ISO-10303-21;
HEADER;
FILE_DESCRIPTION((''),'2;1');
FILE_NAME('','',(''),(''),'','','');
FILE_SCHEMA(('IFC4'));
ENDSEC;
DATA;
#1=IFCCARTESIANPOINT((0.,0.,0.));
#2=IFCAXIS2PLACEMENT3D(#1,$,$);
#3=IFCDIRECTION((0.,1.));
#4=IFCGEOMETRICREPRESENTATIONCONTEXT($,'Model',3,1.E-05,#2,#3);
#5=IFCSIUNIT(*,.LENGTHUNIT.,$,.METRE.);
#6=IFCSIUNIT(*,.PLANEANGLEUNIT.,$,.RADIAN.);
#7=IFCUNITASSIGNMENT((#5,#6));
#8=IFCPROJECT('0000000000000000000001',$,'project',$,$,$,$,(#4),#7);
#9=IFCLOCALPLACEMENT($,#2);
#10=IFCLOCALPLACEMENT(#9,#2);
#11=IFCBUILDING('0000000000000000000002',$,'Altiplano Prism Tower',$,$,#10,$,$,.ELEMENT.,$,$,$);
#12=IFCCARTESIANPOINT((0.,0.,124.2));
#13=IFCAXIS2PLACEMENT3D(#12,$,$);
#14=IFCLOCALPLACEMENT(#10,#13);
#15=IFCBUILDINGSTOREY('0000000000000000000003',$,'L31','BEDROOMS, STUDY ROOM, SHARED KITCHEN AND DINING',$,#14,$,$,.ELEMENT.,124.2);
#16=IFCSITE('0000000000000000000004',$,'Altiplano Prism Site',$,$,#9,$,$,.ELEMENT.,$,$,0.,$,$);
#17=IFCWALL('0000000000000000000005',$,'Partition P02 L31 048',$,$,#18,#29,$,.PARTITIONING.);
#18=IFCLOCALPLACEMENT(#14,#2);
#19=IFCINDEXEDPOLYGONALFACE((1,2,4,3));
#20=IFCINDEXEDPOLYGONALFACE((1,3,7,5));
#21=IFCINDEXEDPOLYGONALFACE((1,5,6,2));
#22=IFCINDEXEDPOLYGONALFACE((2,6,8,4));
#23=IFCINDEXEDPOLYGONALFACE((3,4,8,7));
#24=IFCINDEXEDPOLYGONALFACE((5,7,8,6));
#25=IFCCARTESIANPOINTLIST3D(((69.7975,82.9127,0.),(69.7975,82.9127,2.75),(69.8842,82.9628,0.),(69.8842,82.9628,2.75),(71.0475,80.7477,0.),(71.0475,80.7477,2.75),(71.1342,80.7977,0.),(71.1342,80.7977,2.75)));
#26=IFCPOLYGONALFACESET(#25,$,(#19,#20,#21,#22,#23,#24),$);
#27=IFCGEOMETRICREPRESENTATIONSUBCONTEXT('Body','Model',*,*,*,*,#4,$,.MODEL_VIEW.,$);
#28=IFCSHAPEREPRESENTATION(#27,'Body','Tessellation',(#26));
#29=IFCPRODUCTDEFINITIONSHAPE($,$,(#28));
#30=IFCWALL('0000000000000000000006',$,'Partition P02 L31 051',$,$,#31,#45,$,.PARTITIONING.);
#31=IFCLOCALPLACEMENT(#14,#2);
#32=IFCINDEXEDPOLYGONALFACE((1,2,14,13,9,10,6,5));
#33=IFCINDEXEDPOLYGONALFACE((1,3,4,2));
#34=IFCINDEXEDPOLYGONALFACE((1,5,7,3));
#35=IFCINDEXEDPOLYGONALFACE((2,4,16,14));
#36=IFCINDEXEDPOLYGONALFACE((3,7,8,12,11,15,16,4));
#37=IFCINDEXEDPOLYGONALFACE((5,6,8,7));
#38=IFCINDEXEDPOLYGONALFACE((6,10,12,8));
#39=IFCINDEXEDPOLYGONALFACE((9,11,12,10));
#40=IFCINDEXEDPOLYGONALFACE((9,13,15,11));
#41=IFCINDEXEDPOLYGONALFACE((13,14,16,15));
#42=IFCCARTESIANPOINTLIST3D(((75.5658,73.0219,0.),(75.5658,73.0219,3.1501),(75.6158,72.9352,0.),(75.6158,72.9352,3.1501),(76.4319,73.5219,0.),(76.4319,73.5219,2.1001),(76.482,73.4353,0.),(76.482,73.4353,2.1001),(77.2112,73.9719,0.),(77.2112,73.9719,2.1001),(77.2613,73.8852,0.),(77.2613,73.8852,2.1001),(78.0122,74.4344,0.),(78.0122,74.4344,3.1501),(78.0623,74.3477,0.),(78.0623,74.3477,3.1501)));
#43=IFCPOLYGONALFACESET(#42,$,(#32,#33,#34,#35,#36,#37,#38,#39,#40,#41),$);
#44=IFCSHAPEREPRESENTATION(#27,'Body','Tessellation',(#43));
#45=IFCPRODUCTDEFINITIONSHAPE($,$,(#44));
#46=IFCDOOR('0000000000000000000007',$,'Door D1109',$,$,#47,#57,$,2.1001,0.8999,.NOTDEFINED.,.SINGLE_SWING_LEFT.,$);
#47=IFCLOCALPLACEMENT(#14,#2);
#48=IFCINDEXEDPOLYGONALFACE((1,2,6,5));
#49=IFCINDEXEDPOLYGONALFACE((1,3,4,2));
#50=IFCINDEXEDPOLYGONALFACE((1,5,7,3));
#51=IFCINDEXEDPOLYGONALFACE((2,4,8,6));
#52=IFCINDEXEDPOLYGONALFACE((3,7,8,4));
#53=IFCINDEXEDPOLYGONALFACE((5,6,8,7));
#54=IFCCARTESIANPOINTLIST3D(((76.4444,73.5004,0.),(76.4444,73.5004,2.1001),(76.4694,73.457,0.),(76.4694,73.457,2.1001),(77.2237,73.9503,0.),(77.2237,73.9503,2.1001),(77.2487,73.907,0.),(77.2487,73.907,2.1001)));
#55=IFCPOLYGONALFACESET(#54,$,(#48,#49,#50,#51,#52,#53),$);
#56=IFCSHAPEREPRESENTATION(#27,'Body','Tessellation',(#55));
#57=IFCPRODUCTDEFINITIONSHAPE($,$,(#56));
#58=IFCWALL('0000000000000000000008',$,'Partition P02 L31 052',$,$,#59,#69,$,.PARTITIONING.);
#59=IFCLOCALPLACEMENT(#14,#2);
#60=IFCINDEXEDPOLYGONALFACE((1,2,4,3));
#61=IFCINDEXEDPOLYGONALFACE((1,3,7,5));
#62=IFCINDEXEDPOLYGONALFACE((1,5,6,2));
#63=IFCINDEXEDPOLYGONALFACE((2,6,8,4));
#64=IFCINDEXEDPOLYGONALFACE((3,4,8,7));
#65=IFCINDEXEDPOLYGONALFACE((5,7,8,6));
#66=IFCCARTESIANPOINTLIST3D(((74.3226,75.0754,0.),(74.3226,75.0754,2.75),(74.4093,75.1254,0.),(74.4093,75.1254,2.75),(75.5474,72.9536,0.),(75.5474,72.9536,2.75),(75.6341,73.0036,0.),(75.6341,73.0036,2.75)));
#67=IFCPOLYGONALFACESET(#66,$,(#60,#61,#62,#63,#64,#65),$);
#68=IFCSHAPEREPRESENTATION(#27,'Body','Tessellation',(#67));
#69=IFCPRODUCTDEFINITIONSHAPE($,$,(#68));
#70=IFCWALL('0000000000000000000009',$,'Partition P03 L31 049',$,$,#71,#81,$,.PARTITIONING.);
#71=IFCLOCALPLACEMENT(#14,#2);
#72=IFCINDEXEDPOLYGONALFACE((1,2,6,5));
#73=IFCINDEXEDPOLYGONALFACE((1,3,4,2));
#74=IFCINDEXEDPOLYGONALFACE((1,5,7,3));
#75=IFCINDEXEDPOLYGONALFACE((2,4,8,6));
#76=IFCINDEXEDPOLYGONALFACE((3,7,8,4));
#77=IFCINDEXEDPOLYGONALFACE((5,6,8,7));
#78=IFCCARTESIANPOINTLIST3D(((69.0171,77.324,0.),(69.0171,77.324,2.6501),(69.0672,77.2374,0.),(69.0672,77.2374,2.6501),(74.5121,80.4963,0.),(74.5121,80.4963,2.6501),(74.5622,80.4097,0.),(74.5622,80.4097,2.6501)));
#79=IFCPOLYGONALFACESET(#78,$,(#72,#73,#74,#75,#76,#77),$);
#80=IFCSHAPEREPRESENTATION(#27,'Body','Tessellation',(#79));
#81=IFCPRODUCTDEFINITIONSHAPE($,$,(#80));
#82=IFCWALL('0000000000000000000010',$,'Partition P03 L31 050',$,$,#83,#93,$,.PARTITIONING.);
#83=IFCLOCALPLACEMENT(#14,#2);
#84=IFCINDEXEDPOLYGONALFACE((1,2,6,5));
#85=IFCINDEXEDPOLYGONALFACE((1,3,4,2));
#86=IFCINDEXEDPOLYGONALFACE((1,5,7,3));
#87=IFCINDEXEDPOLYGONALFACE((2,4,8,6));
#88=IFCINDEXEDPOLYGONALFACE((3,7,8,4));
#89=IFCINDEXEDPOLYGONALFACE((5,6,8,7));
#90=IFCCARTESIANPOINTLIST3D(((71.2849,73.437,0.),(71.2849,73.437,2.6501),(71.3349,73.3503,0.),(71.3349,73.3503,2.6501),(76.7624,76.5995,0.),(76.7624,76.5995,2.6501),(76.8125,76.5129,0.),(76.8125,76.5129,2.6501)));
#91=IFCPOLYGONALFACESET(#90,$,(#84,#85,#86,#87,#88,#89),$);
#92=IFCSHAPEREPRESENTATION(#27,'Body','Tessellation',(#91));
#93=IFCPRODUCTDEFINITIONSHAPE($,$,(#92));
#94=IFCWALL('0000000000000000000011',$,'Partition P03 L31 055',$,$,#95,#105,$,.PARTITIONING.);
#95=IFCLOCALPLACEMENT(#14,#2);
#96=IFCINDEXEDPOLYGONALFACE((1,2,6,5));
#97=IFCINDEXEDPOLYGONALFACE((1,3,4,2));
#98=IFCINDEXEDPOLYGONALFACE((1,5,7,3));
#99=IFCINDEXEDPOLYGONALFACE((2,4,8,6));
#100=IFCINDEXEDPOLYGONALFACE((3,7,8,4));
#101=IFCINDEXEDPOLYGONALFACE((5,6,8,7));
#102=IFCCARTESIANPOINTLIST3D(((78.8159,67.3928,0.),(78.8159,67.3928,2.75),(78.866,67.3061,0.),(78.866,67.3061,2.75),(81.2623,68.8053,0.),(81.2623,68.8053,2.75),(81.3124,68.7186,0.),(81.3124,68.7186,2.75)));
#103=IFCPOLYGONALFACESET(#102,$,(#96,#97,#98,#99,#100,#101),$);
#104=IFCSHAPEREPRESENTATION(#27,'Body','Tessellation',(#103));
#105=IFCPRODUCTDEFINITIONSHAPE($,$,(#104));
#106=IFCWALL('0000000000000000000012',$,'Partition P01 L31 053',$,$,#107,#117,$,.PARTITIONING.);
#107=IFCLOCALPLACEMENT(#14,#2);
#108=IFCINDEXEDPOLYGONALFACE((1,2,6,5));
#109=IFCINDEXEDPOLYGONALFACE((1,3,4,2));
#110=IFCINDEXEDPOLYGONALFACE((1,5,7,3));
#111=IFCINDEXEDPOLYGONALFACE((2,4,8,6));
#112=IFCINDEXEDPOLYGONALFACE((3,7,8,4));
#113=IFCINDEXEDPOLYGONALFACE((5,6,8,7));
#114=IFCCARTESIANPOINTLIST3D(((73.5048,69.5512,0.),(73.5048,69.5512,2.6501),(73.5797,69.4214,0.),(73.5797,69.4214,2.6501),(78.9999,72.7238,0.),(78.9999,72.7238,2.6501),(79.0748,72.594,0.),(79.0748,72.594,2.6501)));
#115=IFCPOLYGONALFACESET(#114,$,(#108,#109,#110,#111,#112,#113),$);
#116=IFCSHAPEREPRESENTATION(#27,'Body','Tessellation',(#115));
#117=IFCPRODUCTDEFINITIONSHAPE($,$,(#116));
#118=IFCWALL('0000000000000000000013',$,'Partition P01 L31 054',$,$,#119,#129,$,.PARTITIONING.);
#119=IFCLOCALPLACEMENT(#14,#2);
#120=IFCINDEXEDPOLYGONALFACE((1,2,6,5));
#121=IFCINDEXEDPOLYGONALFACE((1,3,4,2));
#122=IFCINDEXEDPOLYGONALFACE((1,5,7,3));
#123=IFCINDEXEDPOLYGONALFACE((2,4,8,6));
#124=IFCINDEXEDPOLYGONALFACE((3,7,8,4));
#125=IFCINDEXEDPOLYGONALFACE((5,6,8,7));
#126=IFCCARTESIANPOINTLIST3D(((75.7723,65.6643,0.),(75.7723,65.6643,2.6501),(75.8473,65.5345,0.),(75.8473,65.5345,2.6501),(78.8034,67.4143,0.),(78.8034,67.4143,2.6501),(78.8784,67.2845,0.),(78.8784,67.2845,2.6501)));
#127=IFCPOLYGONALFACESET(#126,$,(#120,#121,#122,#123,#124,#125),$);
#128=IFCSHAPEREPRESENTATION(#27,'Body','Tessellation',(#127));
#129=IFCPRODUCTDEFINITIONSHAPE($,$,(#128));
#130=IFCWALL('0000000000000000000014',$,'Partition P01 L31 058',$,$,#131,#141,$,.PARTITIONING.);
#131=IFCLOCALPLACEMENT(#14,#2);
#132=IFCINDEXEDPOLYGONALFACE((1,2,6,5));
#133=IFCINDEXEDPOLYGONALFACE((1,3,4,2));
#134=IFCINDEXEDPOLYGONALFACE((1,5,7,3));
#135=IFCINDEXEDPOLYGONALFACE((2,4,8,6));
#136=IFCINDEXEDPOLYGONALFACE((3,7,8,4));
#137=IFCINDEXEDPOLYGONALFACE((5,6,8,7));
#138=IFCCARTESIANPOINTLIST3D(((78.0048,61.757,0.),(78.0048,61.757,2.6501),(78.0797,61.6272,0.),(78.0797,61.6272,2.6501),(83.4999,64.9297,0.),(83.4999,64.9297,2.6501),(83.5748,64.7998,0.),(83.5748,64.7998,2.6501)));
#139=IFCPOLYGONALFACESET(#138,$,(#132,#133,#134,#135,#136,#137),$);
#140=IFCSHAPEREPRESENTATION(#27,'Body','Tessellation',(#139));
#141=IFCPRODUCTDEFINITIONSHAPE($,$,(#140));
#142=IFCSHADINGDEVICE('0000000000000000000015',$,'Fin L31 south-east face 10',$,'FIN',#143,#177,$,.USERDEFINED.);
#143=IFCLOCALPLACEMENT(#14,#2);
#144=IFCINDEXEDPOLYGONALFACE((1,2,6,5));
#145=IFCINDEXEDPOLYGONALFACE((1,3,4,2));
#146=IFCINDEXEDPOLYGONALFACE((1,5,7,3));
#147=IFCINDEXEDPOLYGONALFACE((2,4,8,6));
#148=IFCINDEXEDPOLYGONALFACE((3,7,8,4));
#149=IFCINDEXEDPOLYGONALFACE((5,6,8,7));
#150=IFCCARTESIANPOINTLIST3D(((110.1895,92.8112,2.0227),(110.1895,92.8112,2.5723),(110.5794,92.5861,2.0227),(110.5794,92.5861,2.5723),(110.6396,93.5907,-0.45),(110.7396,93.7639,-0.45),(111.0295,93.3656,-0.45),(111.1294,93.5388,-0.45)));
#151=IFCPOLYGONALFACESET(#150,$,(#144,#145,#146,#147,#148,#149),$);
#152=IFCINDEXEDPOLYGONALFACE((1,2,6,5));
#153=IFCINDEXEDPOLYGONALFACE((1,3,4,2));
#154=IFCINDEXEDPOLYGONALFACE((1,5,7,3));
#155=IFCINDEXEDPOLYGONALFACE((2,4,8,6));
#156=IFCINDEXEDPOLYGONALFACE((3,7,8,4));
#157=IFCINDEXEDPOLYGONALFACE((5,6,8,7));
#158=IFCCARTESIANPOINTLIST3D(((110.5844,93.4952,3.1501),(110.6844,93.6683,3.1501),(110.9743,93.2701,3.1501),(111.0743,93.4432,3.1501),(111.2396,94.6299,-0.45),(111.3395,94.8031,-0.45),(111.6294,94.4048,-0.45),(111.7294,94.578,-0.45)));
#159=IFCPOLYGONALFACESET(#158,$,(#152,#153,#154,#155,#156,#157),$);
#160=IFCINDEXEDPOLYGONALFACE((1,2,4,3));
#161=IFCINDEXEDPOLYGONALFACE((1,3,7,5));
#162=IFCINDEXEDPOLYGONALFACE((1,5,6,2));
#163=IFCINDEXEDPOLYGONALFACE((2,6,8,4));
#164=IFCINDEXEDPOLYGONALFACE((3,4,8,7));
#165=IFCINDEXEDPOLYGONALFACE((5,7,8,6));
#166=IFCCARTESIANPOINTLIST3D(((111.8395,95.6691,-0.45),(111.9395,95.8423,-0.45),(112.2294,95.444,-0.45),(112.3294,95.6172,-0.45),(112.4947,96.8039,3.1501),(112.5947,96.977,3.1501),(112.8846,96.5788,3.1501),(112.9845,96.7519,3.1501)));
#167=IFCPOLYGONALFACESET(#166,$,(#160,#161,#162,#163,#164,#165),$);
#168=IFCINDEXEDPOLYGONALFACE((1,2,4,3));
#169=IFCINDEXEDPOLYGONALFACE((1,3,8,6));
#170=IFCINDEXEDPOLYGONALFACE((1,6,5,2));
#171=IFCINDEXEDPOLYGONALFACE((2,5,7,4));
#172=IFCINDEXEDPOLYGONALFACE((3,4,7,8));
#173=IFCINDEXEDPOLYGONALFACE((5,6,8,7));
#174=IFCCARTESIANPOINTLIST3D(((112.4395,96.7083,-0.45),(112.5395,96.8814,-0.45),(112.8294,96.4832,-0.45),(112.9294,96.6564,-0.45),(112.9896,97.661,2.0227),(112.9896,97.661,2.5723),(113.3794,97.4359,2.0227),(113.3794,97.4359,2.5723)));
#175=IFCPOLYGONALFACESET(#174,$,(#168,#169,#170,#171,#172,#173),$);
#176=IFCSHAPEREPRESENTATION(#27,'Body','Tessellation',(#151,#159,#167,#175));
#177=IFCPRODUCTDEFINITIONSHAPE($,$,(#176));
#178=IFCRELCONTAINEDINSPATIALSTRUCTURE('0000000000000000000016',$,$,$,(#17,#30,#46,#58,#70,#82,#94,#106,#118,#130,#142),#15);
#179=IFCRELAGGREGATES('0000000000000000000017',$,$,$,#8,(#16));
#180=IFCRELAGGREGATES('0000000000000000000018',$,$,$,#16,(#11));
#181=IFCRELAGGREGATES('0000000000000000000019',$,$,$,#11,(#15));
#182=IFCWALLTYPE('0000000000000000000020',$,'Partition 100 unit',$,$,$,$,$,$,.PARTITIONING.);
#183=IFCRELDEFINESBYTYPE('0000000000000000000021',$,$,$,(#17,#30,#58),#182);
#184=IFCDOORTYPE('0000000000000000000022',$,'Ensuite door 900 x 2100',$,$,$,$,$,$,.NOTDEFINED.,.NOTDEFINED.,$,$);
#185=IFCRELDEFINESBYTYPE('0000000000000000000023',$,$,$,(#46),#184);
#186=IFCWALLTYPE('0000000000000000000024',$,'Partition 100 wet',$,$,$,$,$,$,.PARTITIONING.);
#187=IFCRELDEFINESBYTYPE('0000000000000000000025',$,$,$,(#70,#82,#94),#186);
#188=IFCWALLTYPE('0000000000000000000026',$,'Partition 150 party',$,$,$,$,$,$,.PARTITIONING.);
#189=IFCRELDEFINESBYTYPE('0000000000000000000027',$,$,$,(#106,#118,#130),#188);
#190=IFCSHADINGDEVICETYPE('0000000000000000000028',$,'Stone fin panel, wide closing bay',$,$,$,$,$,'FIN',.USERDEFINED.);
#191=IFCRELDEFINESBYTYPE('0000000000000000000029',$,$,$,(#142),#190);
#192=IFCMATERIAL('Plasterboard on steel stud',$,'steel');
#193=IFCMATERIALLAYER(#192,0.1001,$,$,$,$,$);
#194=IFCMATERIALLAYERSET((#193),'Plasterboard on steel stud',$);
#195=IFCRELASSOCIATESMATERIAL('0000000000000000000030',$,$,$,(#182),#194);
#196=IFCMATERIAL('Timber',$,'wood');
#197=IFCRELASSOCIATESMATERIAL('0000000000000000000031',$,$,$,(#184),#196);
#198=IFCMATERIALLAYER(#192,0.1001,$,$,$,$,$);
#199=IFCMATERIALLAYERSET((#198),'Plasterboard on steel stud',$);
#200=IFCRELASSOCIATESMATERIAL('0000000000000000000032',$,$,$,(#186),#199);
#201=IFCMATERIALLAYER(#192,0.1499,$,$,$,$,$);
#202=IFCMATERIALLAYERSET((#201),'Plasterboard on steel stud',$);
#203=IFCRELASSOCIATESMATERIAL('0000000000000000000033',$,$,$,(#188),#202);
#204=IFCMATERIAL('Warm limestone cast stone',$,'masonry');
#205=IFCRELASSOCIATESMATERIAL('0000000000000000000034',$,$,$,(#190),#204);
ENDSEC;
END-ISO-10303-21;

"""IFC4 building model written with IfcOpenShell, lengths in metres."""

from ifc_helpers import new_model, si_unit, direction, frame, frame_2d, origin, place, context, subcontext, project, spatial, polyline, rectangle, outline, extrude, source, transform, mapped, material, layer, layer_set, type_object, element, fill, save


model = new_model("IFC4")

# Units and contexts
model_context = context("Model", 3, precision=1e-05, world=origin(), true_north=direction((0.0, 1.0)))
body_context = subcontext(model_context, "Body", "Model", "MODEL_VIEW")
ifc_project = project(units=[si_unit("LENGTHUNIT", "METRE"), si_unit("PLANEANGLEUNIT", "RADIAN")], contexts=[model_context])

# Site, building, storey
site_placement = place(None, origin())
site = spatial("IfcSite", under=ifc_project, at=site_placement, Name="Altiplano Prism Site", CompositionType="ELEMENT", RefElevation=0.0)
building_placement = place(site_placement, origin())
building = spatial("IfcBuilding", under=site, at=building_placement, Name="Altiplano Prism Tower", CompositionType="ELEMENT")
storey_placement = place(building_placement, frame((0.0, 0.0, 124.2)))
storey = spatial("IfcBuildingStorey", under=building, at=storey_placement, Name="L31", Description="BEDROOMS, STUDY ROOM, SHARED KITCHEN AND DINING", CompositionType="ELEMENT", Elevation=124.2)

# Wall
ifc_material_1 = material(Name="Plasterboard on steel stud", Category="steel")
ifc_layer_1 = layer(ifc_material_1, 0.1001)
ifc_layer_set_1 = layer_set([ifc_layer_1], Name="Plasterboard on steel stud")
wall_type_1 = type_object("IfcWallType", Name="Partition 100 unit", PredefinedType="PARTITIONING", material=ifc_layer_set_1)
wall_1_placement = place(storey_placement, frame((71.0908, 80.7727, 0.0), z_axis=(0.0, 0.0, 1.0), x_axis=(-0.500004, 0.866023, 0.0)))
element("IfcWall", 1, at=wall_1_placement, inside=storey, type_object=wall_type_1, Name="Partition P02 L31 048", PredefinedType="PARTITIONING", context=body_context, shape_type="SweptSolid", body=[
    extrude(rectangle(XDim=2.5, YDim=0.1001, at=frame_2d((1.25, 0.0))), origin(), (0.0, 0.0, 1.0), 2.75),
])

# Wall, opening, door
wall_2_placement = place(storey_placement, frame((78.0374, 74.3911, 0.0), z_axis=(0.0, 0.0, 1.0), x_axis=(-0.866011, -0.500024, 0.0)))
wall_2 = element("IfcWall", 2, at=wall_2_placement, inside=storey, type_object=wall_type_1, Name="Partition P02 L31 051", PredefinedType="PARTITIONING", context=body_context, shape_type="SweptSolid", body=[
    extrude(rectangle(XDim=2.825, YDim=0.1001, at=frame_2d((1.4126, 0.0))), origin(), (0.0, 0.0, 1.0), 3.1501),
])
opening_placement = place(wall_2_placement, frame((0.925, 0.0, 0.0)))
opening = element("IfcOpeningElement", 3, at=opening_placement, cuts=wall_2, PredefinedType="OPENING", context=body_context, shape_type="SweptSolid", body=[
    extrude(rectangle(XDim=0.8999, YDim=2.1001, at=frame_2d((0.45, 1.05))), frame((0.0, 0.0605, 0.0), z_axis=(0.0, -1.0, 0.0), x_axis=(1.0, 0.0, 0.0)), (0.0, 0.0, 1.0), 0.1211),
])
ifc_material_2 = material(Name="Timber", Category="wood")
door_type = type_object("IfcDoorType", Name="Ensuite door 900 x 2100", OperationType="NOTDEFINED", PredefinedType="NOTDEFINED", material=ifc_material_2)
door_placement = place(opening_placement, origin())
door = element("IfcDoor", 4, at=door_placement, inside=storey, type_object=door_type, Name="Door D1109", OperationType="SINGLE_SWING_LEFT", OverallHeight=2.1001, OverallWidth=0.8999, PredefinedType="NOTDEFINED", context=body_context, shape_type="SweptSolid", body=[
    extrude(rectangle(XDim=0.8999, YDim=2.1001, at=frame_2d((0.45, 1.05))), frame((0.0, 0.0249, 0.0), z_axis=(0.0, -1.0, 0.0), x_axis=(1.0, 0.0, 0.0)), (0.0, 0.0, 1.0), 0.05),
])
fill(opening, door)

# Walls
wall_3_placement = place(storey_placement, frame((75.5908, 72.9785, 0.0), z_axis=(0.0, 0.0, 1.0), x_axis=(-0.499944, 0.866058, 0.0)))
element("IfcWall", 5, at=wall_3_placement, inside=storey, type_object=wall_type_1, Name="Partition P02 L31 052", PredefinedType="PARTITIONING", context=body_context, shape_type="SweptSolid", body=[
    extrude(rectangle(XDim=2.45, YDim=0.1001, at=frame_2d((1.2251, 0.0))), origin(), (0.0, 0.0, 1.0), 2.75),
])
ifc_layer_2 = layer(ifc_material_1, 0.1001)
ifc_layer_set_2 = layer_set([ifc_layer_2], Name="Plasterboard on steel stud")
wall_type_2 = type_object("IfcWallType", Name="Partition 100 wet", PredefinedType="PARTITIONING", material=ifc_layer_set_2)
wall_4_placement = place(storey_placement, frame((69.0422, 77.2808, 0.0), z_axis=(0.0, 0.0, 1.0), x_axis=(0.866042, 0.499971, 0.0)))
element("IfcWall", 6, at=wall_4_placement, inside=storey, type_object=wall_type_2, Name="Partition P03 L31 049", PredefinedType="PARTITIONING", context=body_context, shape_type="SweptSolid", body=[
    extrude(rectangle(XDim=6.345, YDim=0.1001, at=frame_2d((3.1724, 0.0))), origin(), (0.0, 0.0, 1.0), 2.6501),
])
wall_5_placement = place(storey_placement, frame((71.3098, 73.3936, 0.0), z_axis=(0.0, 0.0, 1.0), x_axis=(0.866016, 0.500016, 0.0)))
element("IfcWall", 7, at=wall_5_placement, inside=storey, type_object=wall_type_2, Name="Partition P03 L31 050", PredefinedType="PARTITIONING", context=body_context, shape_type="SweptSolid", body=[
    extrude(rectangle(XDim=6.325, YDim=0.1001, at=frame_2d((3.1626, 0.0))), origin(), (0.0, 0.0, 1.0), 2.6501),
])
wall_6_placement = place(storey_placement, frame((78.8408, 67.3494, 0.0), z_axis=(0.0, 0.0, 1.0), x_axis=(0.866011, 0.500024, 0.0)))
element("IfcWall", 8, at=wall_6_placement, inside=storey, type_object=wall_type_2, Name="Partition P03 L31 055", PredefinedType="PARTITIONING", context=body_context, shape_type="SweptSolid", body=[
    extrude(rectangle(XDim=2.825, YDim=0.1001, at=frame_2d((1.4126, 0.0))), origin(), (0.0, 0.0, 1.0), 2.75),
])
ifc_layer_3 = layer(ifc_material_1, 0.1499)
ifc_layer_set_3 = layer_set([ifc_layer_3], Name="Plasterboard on steel stud")
wall_type_3 = type_object("IfcWallType", Name="Partition 150 party", PredefinedType="PARTITIONING", material=ifc_layer_set_3)
wall_7_placement = place(storey_placement, frame((73.5422, 69.4863, 0.0), z_axis=(0.0, 0.0, 1.0), x_axis=(0.866025, 0.5, 0.0)))
element("IfcWall", 9, at=wall_7_placement, inside=storey, type_object=wall_type_3, Name="Partition P01 L31 053", PredefinedType="PARTITIONING", context=body_context, shape_type="SweptSolid", body=[
    extrude(rectangle(XDim=6.3452, YDim=0.1499, at=frame_2d((3.1726, 0.0))), origin(), (0.0, 0.0, 1.0), 2.6501),
])
wall_8_placement = place(storey_placement, frame((75.8098, 65.5994, 0.0), z_axis=(0.0, 0.0, 1.0), x_axis=(0.866019, 0.50001, 0.0)))
element("IfcWall", 10, at=wall_8_placement, inside=storey, type_object=wall_type_3, Name="Partition P01 L31 054", PredefinedType="PARTITIONING", context=body_context, shape_type="SweptSolid", body=[
    extrude(rectangle(XDim=3.5, YDim=0.1499, at=frame_2d((1.75, 0.0))), origin(), (0.0, 0.0, 1.0), 2.6501),
])
wall_9_placement = place(storey_placement, frame((78.0422, 61.6921, 0.0), z_axis=(0.0, 0.0, 1.0), x_axis=(0.866025, 0.5, 0.0)))
element("IfcWall", 11, at=wall_9_placement, inside=storey, type_object=wall_type_3, Name="Partition P01 L31 058", PredefinedType="PARTITIONING", context=body_context, shape_type="SweptSolid", body=[
    extrude(rectangle(XDim=6.3452, YDim=0.1499, at=frame_2d((3.1726, 0.0))), origin(), (0.0, 0.0, 1.0), 2.6501),
])

# Shading device
ifc_material_3 = material(Name="Warm limestone cast stone", Category="masonry")
shading_device_type_1 = type_object("IfcShadingDeviceType", Name="Stone fin panel, wide closing bay", ElementType="FIN", PredefinedType="USERDEFINED", material=ifc_material_3)
shared_shape_1 = source(origin(), body_context, "Body", "SweptSolid", [
    extrude(outline(polyline([(-2.8, 3.0222), (-2.8, 2.4727), (-1.8999, 0.0), (-1.7, 0.0), (-2.8, 3.0222)])), frame((0.0, -0.1499, 0.0), z_axis=(0.0, -1.0, 0.0), x_axis=(1.0, 0.0, 0.0)), (0.0, 0.0, 1.0), 0.4502),
    extrude(outline(polyline([(-2.0103, 3.6001), (-0.7, 0.0), (-0.5, 0.0), (-1.8103, 3.6001), (-2.0103, 3.6001)])), frame((0.0, -0.1499, 0.0), z_axis=(0.0, -1.0, 0.0), x_axis=(1.0, 0.0, 0.0)), (0.0, 0.0, 1.0), 0.4502),
    extrude(outline(polyline([(1.8103, 3.6001), (0.5, 0.0), (0.7, 0.0), (2.0103, 3.6001), (1.8103, 3.6001)])), frame((0.0, -0.1499, 0.0), z_axis=(0.0, -1.0, 0.0), x_axis=(1.0, 0.0, 0.0)), (0.0, 0.0, 1.0), 0.4502),
    extrude(outline(polyline([(2.8, 2.4727), (2.8, 3.0222), (1.7, 0.0), (1.8999, 0.0), (2.8, 2.4727)])), frame((0.0, -0.1499, 0.0), z_axis=(0.0, -1.0, 0.0), x_axis=(1.0, 0.0, 0.0)), (0.0, 0.0, 1.0), 0.4502),
])
shading_device_1_placement = place(storey_placement, origin())
element("IfcShadingDevice", 12, at=shading_device_1_placement, inside=storey, type_object=shading_device_type_1, Name="Fin L31 south-east face 10", ObjectType="FIN", PredefinedType="USERDEFINED", context=body_context, shape_type="MappedRepresentation", body=[
    mapped(shared_shape_1, transform((111.4597, 95.311, -0.45), x_axis=(0.5, 0.866025, 0.0), y_axis=(-0.866025, 0.5, 0.0), z_axis=(0.0, 0.0, 1.0))),
])

save(model, "model.ifc")
